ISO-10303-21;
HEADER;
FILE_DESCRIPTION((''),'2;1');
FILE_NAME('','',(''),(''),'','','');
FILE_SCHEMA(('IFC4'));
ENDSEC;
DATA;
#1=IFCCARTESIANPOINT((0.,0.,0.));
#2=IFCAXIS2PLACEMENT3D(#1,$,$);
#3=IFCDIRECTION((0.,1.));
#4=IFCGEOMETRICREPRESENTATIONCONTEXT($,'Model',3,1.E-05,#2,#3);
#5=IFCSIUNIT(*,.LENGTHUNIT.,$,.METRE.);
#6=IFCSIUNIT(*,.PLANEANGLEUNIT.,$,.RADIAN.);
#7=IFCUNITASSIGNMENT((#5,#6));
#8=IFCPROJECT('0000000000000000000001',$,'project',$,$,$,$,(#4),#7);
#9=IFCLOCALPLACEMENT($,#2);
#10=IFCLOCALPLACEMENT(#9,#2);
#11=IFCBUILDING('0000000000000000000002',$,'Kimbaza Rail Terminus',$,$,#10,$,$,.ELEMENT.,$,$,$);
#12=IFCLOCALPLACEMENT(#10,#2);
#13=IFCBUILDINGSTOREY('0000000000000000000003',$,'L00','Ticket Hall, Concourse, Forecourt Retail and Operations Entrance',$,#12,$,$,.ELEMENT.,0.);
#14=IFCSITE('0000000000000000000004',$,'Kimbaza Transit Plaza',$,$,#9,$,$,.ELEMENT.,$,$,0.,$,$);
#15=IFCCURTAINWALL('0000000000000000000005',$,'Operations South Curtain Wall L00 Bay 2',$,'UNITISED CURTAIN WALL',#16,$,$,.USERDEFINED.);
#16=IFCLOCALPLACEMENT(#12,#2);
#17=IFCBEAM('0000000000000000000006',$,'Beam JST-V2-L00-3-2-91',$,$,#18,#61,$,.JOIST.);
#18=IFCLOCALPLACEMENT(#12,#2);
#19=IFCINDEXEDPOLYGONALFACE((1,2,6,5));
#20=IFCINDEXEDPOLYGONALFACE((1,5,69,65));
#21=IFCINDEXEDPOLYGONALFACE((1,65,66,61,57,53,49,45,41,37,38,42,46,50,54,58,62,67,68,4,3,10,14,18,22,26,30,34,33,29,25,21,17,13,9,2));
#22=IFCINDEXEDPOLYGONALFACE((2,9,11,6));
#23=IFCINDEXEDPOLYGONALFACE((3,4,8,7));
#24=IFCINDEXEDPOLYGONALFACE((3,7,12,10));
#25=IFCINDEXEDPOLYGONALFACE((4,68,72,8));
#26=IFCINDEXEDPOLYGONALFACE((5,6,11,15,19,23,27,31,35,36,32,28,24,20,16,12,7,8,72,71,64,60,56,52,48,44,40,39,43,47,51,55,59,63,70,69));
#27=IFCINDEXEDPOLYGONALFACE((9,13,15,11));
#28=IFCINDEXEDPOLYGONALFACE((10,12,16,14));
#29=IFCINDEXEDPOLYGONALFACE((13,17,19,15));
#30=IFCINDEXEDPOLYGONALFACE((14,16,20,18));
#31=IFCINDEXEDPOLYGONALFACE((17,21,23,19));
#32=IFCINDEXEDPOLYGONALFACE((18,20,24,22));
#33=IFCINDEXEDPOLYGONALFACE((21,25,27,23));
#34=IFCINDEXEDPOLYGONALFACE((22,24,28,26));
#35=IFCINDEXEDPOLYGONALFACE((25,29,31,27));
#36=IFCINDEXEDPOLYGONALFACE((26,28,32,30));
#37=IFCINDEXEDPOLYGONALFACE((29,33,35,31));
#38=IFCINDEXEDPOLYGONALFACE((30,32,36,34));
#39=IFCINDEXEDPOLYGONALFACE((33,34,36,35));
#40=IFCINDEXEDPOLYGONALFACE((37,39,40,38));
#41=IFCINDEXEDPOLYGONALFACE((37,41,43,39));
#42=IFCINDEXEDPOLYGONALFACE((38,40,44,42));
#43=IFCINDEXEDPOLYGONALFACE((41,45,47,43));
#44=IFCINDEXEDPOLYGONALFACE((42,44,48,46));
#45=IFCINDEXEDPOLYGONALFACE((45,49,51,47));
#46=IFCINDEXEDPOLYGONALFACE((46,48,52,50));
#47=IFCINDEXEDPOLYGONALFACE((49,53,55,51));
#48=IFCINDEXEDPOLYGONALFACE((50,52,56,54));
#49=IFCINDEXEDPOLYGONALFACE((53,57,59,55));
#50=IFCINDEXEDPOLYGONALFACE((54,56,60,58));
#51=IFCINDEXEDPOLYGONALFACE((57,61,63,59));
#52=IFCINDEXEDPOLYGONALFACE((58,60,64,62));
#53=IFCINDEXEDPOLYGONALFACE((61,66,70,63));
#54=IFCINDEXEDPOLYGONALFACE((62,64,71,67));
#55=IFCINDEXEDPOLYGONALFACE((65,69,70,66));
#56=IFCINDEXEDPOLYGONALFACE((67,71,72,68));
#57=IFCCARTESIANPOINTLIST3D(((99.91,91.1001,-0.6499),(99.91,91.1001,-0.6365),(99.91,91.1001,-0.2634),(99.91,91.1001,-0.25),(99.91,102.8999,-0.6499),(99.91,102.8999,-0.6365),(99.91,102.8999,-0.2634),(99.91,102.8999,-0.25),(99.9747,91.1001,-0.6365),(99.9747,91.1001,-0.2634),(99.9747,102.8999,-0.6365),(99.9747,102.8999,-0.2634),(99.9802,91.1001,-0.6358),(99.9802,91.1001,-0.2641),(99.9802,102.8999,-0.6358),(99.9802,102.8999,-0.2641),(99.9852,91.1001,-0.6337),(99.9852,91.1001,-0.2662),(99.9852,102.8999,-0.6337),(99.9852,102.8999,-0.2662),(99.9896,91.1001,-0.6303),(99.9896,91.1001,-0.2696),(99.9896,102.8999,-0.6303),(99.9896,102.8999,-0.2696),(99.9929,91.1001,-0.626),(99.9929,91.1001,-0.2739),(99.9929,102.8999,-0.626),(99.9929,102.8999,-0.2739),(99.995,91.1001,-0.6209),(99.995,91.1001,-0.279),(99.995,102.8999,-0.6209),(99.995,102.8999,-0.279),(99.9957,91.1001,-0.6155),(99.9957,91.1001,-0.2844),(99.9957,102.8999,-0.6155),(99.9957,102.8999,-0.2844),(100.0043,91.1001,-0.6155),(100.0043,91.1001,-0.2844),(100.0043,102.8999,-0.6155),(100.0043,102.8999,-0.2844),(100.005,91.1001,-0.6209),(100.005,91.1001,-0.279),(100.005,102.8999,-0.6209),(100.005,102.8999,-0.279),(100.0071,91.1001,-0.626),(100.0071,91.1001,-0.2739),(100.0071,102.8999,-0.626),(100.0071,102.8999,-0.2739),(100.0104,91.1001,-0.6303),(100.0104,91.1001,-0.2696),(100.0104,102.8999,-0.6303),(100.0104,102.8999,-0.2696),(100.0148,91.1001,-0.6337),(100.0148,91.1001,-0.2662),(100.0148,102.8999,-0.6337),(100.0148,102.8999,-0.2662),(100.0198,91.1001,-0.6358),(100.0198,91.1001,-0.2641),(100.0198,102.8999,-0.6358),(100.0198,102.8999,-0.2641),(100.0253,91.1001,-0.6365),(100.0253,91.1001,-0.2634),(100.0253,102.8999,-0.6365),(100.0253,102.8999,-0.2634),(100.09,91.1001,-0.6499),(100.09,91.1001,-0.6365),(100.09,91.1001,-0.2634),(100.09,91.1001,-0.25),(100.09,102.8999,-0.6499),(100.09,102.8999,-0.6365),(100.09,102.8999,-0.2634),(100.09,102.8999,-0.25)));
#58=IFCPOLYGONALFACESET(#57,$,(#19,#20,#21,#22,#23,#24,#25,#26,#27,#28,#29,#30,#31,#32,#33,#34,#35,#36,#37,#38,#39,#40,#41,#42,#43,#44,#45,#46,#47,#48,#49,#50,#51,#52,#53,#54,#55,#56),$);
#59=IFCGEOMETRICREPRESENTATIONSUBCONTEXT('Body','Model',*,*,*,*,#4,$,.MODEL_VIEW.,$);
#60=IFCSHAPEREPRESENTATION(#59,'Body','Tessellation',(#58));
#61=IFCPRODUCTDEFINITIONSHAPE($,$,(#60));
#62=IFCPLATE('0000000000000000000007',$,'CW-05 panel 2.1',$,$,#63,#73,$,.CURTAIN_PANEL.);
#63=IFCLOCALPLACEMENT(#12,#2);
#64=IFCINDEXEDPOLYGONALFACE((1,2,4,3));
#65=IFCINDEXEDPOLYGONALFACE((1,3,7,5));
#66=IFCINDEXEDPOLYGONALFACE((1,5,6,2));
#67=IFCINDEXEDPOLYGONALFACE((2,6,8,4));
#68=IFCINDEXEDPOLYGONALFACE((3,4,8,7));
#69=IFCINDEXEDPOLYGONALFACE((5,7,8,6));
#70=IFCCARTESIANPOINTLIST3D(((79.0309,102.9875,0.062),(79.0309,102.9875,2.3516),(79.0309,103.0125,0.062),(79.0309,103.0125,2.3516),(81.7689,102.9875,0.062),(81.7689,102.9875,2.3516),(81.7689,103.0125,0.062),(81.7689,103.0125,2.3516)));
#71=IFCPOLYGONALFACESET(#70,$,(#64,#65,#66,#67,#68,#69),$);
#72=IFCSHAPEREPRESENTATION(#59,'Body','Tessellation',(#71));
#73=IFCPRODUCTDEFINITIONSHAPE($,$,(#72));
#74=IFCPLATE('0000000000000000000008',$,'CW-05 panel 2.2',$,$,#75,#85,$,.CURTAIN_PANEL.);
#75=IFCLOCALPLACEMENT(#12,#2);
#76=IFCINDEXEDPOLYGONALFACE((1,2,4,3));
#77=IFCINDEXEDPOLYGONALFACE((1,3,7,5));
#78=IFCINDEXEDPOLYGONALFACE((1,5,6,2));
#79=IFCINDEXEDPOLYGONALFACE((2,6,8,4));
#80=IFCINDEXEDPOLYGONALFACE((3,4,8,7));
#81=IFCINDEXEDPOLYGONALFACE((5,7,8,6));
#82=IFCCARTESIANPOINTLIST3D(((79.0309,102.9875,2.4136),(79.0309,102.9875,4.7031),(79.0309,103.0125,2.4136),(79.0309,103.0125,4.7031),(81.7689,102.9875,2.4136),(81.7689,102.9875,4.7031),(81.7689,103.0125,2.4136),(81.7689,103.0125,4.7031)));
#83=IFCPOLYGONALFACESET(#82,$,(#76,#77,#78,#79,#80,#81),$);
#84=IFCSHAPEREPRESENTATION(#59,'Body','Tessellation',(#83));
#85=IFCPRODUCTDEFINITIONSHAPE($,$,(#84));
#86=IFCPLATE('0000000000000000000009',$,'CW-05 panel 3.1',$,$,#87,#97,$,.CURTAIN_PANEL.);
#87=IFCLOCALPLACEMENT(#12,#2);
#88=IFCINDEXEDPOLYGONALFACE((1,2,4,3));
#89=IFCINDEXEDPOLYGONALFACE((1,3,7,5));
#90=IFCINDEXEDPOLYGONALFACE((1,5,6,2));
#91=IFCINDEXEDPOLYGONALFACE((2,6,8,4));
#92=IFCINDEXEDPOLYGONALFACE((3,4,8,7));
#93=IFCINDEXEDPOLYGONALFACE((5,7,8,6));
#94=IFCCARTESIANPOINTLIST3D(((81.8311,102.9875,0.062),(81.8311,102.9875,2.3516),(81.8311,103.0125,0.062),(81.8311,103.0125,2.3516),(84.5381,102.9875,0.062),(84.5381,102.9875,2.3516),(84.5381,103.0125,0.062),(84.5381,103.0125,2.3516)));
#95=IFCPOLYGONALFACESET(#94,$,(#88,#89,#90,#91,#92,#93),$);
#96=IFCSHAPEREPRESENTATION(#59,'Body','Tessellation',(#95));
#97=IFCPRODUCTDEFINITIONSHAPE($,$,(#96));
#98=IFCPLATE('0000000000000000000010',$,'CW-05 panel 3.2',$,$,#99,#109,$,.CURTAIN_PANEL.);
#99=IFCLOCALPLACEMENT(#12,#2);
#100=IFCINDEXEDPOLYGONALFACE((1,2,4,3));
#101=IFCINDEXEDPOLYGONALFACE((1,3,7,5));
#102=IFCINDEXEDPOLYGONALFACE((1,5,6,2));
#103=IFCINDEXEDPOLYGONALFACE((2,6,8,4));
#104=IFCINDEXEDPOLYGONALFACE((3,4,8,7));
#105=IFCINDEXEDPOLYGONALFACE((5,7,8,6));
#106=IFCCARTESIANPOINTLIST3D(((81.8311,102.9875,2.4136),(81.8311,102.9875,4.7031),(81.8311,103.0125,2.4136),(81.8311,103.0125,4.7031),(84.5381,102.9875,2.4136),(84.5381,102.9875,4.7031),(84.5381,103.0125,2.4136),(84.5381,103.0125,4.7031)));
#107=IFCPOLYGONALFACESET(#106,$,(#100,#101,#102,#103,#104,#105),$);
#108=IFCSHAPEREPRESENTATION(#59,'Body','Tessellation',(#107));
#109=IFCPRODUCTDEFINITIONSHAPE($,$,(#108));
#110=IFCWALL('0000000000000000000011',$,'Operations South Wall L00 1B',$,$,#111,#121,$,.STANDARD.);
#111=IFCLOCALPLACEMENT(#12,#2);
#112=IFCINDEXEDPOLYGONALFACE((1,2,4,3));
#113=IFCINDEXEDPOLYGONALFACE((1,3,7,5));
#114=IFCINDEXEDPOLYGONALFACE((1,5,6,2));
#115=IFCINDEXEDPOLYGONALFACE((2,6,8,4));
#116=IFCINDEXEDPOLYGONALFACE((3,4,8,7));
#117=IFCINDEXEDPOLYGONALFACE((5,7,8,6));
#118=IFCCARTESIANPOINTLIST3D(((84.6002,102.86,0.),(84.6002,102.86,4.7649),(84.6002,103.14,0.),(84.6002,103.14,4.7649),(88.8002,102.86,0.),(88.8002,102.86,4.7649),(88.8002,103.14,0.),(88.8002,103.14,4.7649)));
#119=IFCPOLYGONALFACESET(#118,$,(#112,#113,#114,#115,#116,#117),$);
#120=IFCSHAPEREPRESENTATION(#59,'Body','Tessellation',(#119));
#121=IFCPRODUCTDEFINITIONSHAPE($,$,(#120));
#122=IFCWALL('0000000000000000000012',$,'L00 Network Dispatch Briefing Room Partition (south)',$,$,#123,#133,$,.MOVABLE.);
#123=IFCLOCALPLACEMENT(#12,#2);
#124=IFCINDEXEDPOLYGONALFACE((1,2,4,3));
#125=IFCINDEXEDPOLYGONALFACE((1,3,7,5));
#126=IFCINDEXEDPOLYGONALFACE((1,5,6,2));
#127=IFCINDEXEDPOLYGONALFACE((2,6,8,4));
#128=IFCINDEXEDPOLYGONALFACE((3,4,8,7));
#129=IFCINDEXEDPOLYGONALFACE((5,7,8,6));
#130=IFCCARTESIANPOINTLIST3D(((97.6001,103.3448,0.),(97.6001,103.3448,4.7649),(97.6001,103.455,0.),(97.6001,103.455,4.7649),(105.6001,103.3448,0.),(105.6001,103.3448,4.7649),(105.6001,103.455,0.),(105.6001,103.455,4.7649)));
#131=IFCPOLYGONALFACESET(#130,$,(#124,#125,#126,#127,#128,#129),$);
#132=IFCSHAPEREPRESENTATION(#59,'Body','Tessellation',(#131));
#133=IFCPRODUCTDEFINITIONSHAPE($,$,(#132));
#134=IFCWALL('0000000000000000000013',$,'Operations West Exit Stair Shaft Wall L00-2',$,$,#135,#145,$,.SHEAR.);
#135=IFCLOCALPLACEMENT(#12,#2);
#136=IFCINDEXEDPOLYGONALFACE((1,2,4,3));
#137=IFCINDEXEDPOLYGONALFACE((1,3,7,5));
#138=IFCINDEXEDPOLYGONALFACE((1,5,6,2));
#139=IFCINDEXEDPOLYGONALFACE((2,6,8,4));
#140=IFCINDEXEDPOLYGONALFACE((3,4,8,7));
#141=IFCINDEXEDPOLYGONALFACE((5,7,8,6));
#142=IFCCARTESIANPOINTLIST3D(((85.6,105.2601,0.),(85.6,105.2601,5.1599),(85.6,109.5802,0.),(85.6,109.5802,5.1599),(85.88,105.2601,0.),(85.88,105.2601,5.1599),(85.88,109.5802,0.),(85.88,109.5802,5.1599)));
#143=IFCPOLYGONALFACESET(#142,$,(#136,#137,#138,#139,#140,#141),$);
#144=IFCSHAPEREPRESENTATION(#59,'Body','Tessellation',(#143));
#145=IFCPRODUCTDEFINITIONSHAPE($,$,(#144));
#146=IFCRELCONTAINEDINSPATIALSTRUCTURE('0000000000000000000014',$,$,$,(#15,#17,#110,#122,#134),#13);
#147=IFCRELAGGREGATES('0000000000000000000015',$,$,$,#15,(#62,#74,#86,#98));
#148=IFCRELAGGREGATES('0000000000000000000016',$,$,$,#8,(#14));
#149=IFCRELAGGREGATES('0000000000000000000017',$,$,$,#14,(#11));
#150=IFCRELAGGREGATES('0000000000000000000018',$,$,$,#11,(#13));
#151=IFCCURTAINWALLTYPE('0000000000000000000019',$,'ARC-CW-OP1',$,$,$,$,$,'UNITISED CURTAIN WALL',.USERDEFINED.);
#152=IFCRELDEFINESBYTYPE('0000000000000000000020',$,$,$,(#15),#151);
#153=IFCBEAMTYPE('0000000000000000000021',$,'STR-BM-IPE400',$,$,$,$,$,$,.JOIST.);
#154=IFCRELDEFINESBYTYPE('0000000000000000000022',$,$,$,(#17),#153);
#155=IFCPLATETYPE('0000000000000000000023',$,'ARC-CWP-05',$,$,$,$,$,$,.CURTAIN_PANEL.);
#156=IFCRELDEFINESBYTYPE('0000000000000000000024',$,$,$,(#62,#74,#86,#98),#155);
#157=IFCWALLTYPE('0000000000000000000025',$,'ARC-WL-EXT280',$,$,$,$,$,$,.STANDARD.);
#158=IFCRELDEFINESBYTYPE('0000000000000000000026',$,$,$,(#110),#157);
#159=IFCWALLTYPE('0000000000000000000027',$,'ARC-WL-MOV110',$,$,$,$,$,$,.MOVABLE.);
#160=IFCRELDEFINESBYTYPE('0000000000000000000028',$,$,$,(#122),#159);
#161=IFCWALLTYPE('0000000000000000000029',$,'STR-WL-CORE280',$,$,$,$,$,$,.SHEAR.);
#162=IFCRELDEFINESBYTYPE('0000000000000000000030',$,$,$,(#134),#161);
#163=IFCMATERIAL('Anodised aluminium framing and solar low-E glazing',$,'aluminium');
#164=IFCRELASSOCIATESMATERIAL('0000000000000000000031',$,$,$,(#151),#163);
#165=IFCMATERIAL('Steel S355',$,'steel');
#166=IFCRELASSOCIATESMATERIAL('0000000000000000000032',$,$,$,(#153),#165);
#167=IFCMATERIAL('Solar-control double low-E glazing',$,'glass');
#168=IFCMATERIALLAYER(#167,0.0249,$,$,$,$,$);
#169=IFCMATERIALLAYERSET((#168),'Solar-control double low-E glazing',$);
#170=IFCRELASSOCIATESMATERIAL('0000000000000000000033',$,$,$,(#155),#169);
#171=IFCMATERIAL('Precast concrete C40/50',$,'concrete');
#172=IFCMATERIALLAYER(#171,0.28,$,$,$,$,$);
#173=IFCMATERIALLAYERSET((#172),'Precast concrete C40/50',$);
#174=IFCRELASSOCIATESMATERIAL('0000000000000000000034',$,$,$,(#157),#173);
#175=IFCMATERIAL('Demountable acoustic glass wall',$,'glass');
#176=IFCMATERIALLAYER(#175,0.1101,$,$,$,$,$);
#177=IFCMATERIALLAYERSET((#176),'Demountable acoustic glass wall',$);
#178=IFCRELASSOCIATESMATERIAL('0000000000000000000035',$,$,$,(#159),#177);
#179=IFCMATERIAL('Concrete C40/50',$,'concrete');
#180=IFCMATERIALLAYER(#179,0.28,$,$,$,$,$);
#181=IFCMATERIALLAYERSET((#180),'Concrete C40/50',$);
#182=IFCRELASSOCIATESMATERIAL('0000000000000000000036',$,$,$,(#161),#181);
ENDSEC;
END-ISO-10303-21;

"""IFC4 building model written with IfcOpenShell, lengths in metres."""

from ifc_helpers import new_model, si_unit, direction, frame, frame_2d, origin, origin_2d, place, context, subcontext, project, spatial, rectangle, i_section, extrude, material, layer, layer_set, material_profile, profile_set, type_object, element, aggregate, save


model = new_model("IFC4")

# Units and contexts
model_context = context("Model", 3, precision=1e-05, world=origin(), true_north=direction((0.0, 1.0)))
body_context = subcontext(model_context, "Body", "Model", "MODEL_VIEW")
ifc_project = project(units=[si_unit("LENGTHUNIT", "METRE"), si_unit("PLANEANGLEUNIT", "RADIAN")], contexts=[model_context])

# Site, building, storey
site_placement = place(None, origin())
site = spatial("IfcSite", under=ifc_project, at=site_placement, Name="Kimbaza Transit Plaza", CompositionType="ELEMENT", RefElevation=0.0)
building_placement = place(site_placement, origin())
building = spatial("IfcBuilding", under=site, at=building_placement, Name="Kimbaza Rail Terminus", CompositionType="ELEMENT")
storey_placement = place(building_placement, origin())
storey = spatial("IfcBuildingStorey", under=building, at=storey_placement, Name="L00", Description="Ticket Hall, Concourse, Forecourt Retail and Operations Entrance", CompositionType="ELEMENT", Elevation=0.0)

# Curtain wall
ifc_material_1 = material(Name="Anodised aluminium framing and solar low-E glazing", Category="aluminium")
curtain_wall_type = type_object("IfcCurtainWallType", Name="ARC-CW-OP1", ElementType="UNITISED CURTAIN WALL", PredefinedType="USERDEFINED", material=ifc_material_1)
curtain_wall_placement = place(storey_placement, origin())
curtain_wall = element("IfcCurtainWall", 1, at=curtain_wall_placement, inside=storey, type_object=curtain_wall_type, Name="Operations South Curtain Wall L00 Bay 2", ObjectType="UNITISED CURTAIN WALL", PredefinedType="USERDEFINED")

# Beam
ifc_material_2 = material(Name="Steel S355", Category="steel")
ifc_material_profile_1 = material_profile(ifc_material_2, i_section(OverallWidth=0.1799, OverallDepth=0.3999, WebThickness=0.0085, FlangeThickness=0.0134, FilletRadius=0.021, at=origin_2d()), Name="IPE 400")
ifc_profile_set_1 = profile_set([ifc_material_profile_1], Name="Steel S355")
beam_type_1 = type_object("IfcBeamType", Name="STR-BM-IPE400", PredefinedType="JOIST", material=ifc_profile_set_1)
for number, where, z_axis, x_axis, name in (
    (2, (100.0, 91.1001, -0.45), (0.0, 1.0, 0.0), (-1.0, 0.0, 0.0), "Beam JST-V2-L00-3-2-91"),
):
    element("IfcBeam", number, at=place(storey_placement, frame(where, z_axis=z_axis, x_axis=x_axis)), inside=storey, type_object=beam_type_1, Name=name, PredefinedType="JOIST", context=body_context, shape_type="SweptSolid", body=[
        extrude(i_section(OverallWidth=0.1799, OverallDepth=0.3999, WebThickness=0.0085, FlangeThickness=0.0134, FilletRadius=0.021, at=origin_2d()), origin(), (0.0, 0.0, 1.0), 11.7998),
    ])

# Plates
ifc_material_3 = material(Name="Solar-control double low-E glazing", Category="glass")
ifc_layer_1 = layer(ifc_material_3, 0.0249)
ifc_layer_set_1 = layer_set([ifc_layer_1], Name="Solar-control double low-E glazing")
plate_type = type_object("IfcPlateType", Name="ARC-CWP-05", PredefinedType="CURTAIN_PANEL", material=ifc_layer_set_1)
plate_1_placement = place(storey_placement, frame((80.3999, 103.0, 0.062), z_axis=(0.0, 0.0, 1.0), x_axis=(1.0, 0.0, 0.0)))
plate_1 = element("IfcPlate", 3, at=plate_1_placement, type_object=plate_type, Name="CW-05 panel 2.1", PredefinedType="CURTAIN_PANEL", context=body_context, shape_type="SweptSolid", body=[
    extrude(rectangle(XDim=2.738, YDim=0.0249, at=origin_2d()), origin(), (0.0, 0.0, 1.0), 2.2896),
])
plate_2_placement = place(storey_placement, frame((80.3999, 103.0, 2.4136), z_axis=(0.0, 0.0, 1.0), x_axis=(1.0, 0.0, 0.0)))
plate_2 = element("IfcPlate", 4, at=plate_2_placement, type_object=plate_type, Name="CW-05 panel 2.2", PredefinedType="CURTAIN_PANEL", context=body_context, shape_type="SweptSolid", body=[
    extrude(rectangle(XDim=2.738, YDim=0.0249, at=origin_2d()), origin(), (0.0, 0.0, 1.0), 2.2896),
])
plate_3_placement = place(storey_placement, frame((83.1846, 103.0, 0.062), z_axis=(0.0, 0.0, 1.0), x_axis=(1.0, 0.0, 0.0)))
plate_3 = element("IfcPlate", 5, at=plate_3_placement, type_object=plate_type, Name="CW-05 panel 3.1", PredefinedType="CURTAIN_PANEL", context=body_context, shape_type="SweptSolid", body=[
    extrude(rectangle(XDim=2.707, YDim=0.0249, at=origin_2d()), origin(), (0.0, 0.0, 1.0), 2.2896),
])
plate_4_placement = place(storey_placement, frame((83.1846, 103.0, 2.4136), z_axis=(0.0, 0.0, 1.0), x_axis=(1.0, 0.0, 0.0)))
plate_4 = element("IfcPlate", 6, at=plate_4_placement, type_object=plate_type, Name="CW-05 panel 3.2", PredefinedType="CURTAIN_PANEL", context=body_context, shape_type="SweptSolid", body=[
    extrude(rectangle(XDim=2.707, YDim=0.0249, at=origin_2d()), origin(), (0.0, 0.0, 1.0), 2.2896),
])
aggregate(curtain_wall, [plate_1, plate_2, plate_3, plate_4])

# Walls
ifc_material_4 = material(Name="Precast concrete C40/50", Category="concrete")
ifc_layer_2 = layer(ifc_material_4, 0.28)
ifc_layer_set_2 = layer_set([ifc_layer_2], Name="Precast concrete C40/50")
wall_type_1 = type_object("IfcWallType", Name="ARC-WL-EXT280", PredefinedType="STANDARD", material=ifc_layer_set_2)
wall_1_placement = place(storey_placement, frame((84.6001, 103.0, 0.0), z_axis=(0.0, 0.0, 1.0), x_axis=(1.0, 0.0, 0.0)))
element("IfcWall", 7, at=wall_1_placement, inside=storey, type_object=wall_type_1, Name="Operations South Wall L00 1B", PredefinedType="STANDARD", context=body_context, shape_type="SweptSolid", body=[
    extrude(rectangle(XDim=4.2, YDim=0.28, at=frame_2d((2.1001, 0.0))), origin(), (0.0, 0.0, 1.0), 4.7649),
])
ifc_material_5 = material(Name="Demountable acoustic glass wall", Category="glass")
ifc_layer_3 = layer(ifc_material_5, 0.1101)
ifc_layer_set_3 = layer_set([ifc_layer_3], Name="Demountable acoustic glass wall")
wall_type_2 = type_object("IfcWallType", Name="ARC-WL-MOV110", PredefinedType="MOVABLE", material=ifc_layer_set_3)
wall_2_placement = place(storey_placement, frame((97.6001, 103.3999, 0.0), z_axis=(0.0, 0.0, 1.0), x_axis=(1.0, 0.0, 0.0)))
element("IfcWall", 8, at=wall_2_placement, inside=storey, type_object=wall_type_2, Name="L00 Network Dispatch Briefing Room Partition (south)", PredefinedType="MOVABLE", context=body_context, shape_type="SweptSolid", body=[
    extrude(rectangle(XDim=8.0, YDim=0.1101, at=frame_2d((4.0, 0.0))), origin(), (0.0, 0.0, 1.0), 4.7649),
])
ifc_material_6 = material(Name="Concrete C40/50", Category="concrete")
ifc_layer_4 = layer(ifc_material_6, 0.28)
ifc_layer_set_4 = layer_set([ifc_layer_4], Name="Concrete C40/50")
wall_type_3 = type_object("IfcWallType", Name="STR-WL-CORE280", PredefinedType="SHEAR", material=ifc_layer_set_4)
wall_3_placement = place(storey_placement, frame((85.74, 105.26, 0.0), z_axis=(0.0, 0.0, 1.0), x_axis=(0.0, 1.0, 0.0)))
element("IfcWall", 9, at=wall_3_placement, inside=storey, type_object=wall_type_3, Name="Operations West Exit Stair Shaft Wall L00-2", PredefinedType="SHEAR", context=body_context, shape_type="SweptSolid", body=[
    extrude(rectangle(XDim=4.3201, YDim=0.28, at=frame_2d((2.1602, 0.0))), origin(), (0.0, 0.0, 1.0), 5.1599),
])

save(model, "model.ifc")
